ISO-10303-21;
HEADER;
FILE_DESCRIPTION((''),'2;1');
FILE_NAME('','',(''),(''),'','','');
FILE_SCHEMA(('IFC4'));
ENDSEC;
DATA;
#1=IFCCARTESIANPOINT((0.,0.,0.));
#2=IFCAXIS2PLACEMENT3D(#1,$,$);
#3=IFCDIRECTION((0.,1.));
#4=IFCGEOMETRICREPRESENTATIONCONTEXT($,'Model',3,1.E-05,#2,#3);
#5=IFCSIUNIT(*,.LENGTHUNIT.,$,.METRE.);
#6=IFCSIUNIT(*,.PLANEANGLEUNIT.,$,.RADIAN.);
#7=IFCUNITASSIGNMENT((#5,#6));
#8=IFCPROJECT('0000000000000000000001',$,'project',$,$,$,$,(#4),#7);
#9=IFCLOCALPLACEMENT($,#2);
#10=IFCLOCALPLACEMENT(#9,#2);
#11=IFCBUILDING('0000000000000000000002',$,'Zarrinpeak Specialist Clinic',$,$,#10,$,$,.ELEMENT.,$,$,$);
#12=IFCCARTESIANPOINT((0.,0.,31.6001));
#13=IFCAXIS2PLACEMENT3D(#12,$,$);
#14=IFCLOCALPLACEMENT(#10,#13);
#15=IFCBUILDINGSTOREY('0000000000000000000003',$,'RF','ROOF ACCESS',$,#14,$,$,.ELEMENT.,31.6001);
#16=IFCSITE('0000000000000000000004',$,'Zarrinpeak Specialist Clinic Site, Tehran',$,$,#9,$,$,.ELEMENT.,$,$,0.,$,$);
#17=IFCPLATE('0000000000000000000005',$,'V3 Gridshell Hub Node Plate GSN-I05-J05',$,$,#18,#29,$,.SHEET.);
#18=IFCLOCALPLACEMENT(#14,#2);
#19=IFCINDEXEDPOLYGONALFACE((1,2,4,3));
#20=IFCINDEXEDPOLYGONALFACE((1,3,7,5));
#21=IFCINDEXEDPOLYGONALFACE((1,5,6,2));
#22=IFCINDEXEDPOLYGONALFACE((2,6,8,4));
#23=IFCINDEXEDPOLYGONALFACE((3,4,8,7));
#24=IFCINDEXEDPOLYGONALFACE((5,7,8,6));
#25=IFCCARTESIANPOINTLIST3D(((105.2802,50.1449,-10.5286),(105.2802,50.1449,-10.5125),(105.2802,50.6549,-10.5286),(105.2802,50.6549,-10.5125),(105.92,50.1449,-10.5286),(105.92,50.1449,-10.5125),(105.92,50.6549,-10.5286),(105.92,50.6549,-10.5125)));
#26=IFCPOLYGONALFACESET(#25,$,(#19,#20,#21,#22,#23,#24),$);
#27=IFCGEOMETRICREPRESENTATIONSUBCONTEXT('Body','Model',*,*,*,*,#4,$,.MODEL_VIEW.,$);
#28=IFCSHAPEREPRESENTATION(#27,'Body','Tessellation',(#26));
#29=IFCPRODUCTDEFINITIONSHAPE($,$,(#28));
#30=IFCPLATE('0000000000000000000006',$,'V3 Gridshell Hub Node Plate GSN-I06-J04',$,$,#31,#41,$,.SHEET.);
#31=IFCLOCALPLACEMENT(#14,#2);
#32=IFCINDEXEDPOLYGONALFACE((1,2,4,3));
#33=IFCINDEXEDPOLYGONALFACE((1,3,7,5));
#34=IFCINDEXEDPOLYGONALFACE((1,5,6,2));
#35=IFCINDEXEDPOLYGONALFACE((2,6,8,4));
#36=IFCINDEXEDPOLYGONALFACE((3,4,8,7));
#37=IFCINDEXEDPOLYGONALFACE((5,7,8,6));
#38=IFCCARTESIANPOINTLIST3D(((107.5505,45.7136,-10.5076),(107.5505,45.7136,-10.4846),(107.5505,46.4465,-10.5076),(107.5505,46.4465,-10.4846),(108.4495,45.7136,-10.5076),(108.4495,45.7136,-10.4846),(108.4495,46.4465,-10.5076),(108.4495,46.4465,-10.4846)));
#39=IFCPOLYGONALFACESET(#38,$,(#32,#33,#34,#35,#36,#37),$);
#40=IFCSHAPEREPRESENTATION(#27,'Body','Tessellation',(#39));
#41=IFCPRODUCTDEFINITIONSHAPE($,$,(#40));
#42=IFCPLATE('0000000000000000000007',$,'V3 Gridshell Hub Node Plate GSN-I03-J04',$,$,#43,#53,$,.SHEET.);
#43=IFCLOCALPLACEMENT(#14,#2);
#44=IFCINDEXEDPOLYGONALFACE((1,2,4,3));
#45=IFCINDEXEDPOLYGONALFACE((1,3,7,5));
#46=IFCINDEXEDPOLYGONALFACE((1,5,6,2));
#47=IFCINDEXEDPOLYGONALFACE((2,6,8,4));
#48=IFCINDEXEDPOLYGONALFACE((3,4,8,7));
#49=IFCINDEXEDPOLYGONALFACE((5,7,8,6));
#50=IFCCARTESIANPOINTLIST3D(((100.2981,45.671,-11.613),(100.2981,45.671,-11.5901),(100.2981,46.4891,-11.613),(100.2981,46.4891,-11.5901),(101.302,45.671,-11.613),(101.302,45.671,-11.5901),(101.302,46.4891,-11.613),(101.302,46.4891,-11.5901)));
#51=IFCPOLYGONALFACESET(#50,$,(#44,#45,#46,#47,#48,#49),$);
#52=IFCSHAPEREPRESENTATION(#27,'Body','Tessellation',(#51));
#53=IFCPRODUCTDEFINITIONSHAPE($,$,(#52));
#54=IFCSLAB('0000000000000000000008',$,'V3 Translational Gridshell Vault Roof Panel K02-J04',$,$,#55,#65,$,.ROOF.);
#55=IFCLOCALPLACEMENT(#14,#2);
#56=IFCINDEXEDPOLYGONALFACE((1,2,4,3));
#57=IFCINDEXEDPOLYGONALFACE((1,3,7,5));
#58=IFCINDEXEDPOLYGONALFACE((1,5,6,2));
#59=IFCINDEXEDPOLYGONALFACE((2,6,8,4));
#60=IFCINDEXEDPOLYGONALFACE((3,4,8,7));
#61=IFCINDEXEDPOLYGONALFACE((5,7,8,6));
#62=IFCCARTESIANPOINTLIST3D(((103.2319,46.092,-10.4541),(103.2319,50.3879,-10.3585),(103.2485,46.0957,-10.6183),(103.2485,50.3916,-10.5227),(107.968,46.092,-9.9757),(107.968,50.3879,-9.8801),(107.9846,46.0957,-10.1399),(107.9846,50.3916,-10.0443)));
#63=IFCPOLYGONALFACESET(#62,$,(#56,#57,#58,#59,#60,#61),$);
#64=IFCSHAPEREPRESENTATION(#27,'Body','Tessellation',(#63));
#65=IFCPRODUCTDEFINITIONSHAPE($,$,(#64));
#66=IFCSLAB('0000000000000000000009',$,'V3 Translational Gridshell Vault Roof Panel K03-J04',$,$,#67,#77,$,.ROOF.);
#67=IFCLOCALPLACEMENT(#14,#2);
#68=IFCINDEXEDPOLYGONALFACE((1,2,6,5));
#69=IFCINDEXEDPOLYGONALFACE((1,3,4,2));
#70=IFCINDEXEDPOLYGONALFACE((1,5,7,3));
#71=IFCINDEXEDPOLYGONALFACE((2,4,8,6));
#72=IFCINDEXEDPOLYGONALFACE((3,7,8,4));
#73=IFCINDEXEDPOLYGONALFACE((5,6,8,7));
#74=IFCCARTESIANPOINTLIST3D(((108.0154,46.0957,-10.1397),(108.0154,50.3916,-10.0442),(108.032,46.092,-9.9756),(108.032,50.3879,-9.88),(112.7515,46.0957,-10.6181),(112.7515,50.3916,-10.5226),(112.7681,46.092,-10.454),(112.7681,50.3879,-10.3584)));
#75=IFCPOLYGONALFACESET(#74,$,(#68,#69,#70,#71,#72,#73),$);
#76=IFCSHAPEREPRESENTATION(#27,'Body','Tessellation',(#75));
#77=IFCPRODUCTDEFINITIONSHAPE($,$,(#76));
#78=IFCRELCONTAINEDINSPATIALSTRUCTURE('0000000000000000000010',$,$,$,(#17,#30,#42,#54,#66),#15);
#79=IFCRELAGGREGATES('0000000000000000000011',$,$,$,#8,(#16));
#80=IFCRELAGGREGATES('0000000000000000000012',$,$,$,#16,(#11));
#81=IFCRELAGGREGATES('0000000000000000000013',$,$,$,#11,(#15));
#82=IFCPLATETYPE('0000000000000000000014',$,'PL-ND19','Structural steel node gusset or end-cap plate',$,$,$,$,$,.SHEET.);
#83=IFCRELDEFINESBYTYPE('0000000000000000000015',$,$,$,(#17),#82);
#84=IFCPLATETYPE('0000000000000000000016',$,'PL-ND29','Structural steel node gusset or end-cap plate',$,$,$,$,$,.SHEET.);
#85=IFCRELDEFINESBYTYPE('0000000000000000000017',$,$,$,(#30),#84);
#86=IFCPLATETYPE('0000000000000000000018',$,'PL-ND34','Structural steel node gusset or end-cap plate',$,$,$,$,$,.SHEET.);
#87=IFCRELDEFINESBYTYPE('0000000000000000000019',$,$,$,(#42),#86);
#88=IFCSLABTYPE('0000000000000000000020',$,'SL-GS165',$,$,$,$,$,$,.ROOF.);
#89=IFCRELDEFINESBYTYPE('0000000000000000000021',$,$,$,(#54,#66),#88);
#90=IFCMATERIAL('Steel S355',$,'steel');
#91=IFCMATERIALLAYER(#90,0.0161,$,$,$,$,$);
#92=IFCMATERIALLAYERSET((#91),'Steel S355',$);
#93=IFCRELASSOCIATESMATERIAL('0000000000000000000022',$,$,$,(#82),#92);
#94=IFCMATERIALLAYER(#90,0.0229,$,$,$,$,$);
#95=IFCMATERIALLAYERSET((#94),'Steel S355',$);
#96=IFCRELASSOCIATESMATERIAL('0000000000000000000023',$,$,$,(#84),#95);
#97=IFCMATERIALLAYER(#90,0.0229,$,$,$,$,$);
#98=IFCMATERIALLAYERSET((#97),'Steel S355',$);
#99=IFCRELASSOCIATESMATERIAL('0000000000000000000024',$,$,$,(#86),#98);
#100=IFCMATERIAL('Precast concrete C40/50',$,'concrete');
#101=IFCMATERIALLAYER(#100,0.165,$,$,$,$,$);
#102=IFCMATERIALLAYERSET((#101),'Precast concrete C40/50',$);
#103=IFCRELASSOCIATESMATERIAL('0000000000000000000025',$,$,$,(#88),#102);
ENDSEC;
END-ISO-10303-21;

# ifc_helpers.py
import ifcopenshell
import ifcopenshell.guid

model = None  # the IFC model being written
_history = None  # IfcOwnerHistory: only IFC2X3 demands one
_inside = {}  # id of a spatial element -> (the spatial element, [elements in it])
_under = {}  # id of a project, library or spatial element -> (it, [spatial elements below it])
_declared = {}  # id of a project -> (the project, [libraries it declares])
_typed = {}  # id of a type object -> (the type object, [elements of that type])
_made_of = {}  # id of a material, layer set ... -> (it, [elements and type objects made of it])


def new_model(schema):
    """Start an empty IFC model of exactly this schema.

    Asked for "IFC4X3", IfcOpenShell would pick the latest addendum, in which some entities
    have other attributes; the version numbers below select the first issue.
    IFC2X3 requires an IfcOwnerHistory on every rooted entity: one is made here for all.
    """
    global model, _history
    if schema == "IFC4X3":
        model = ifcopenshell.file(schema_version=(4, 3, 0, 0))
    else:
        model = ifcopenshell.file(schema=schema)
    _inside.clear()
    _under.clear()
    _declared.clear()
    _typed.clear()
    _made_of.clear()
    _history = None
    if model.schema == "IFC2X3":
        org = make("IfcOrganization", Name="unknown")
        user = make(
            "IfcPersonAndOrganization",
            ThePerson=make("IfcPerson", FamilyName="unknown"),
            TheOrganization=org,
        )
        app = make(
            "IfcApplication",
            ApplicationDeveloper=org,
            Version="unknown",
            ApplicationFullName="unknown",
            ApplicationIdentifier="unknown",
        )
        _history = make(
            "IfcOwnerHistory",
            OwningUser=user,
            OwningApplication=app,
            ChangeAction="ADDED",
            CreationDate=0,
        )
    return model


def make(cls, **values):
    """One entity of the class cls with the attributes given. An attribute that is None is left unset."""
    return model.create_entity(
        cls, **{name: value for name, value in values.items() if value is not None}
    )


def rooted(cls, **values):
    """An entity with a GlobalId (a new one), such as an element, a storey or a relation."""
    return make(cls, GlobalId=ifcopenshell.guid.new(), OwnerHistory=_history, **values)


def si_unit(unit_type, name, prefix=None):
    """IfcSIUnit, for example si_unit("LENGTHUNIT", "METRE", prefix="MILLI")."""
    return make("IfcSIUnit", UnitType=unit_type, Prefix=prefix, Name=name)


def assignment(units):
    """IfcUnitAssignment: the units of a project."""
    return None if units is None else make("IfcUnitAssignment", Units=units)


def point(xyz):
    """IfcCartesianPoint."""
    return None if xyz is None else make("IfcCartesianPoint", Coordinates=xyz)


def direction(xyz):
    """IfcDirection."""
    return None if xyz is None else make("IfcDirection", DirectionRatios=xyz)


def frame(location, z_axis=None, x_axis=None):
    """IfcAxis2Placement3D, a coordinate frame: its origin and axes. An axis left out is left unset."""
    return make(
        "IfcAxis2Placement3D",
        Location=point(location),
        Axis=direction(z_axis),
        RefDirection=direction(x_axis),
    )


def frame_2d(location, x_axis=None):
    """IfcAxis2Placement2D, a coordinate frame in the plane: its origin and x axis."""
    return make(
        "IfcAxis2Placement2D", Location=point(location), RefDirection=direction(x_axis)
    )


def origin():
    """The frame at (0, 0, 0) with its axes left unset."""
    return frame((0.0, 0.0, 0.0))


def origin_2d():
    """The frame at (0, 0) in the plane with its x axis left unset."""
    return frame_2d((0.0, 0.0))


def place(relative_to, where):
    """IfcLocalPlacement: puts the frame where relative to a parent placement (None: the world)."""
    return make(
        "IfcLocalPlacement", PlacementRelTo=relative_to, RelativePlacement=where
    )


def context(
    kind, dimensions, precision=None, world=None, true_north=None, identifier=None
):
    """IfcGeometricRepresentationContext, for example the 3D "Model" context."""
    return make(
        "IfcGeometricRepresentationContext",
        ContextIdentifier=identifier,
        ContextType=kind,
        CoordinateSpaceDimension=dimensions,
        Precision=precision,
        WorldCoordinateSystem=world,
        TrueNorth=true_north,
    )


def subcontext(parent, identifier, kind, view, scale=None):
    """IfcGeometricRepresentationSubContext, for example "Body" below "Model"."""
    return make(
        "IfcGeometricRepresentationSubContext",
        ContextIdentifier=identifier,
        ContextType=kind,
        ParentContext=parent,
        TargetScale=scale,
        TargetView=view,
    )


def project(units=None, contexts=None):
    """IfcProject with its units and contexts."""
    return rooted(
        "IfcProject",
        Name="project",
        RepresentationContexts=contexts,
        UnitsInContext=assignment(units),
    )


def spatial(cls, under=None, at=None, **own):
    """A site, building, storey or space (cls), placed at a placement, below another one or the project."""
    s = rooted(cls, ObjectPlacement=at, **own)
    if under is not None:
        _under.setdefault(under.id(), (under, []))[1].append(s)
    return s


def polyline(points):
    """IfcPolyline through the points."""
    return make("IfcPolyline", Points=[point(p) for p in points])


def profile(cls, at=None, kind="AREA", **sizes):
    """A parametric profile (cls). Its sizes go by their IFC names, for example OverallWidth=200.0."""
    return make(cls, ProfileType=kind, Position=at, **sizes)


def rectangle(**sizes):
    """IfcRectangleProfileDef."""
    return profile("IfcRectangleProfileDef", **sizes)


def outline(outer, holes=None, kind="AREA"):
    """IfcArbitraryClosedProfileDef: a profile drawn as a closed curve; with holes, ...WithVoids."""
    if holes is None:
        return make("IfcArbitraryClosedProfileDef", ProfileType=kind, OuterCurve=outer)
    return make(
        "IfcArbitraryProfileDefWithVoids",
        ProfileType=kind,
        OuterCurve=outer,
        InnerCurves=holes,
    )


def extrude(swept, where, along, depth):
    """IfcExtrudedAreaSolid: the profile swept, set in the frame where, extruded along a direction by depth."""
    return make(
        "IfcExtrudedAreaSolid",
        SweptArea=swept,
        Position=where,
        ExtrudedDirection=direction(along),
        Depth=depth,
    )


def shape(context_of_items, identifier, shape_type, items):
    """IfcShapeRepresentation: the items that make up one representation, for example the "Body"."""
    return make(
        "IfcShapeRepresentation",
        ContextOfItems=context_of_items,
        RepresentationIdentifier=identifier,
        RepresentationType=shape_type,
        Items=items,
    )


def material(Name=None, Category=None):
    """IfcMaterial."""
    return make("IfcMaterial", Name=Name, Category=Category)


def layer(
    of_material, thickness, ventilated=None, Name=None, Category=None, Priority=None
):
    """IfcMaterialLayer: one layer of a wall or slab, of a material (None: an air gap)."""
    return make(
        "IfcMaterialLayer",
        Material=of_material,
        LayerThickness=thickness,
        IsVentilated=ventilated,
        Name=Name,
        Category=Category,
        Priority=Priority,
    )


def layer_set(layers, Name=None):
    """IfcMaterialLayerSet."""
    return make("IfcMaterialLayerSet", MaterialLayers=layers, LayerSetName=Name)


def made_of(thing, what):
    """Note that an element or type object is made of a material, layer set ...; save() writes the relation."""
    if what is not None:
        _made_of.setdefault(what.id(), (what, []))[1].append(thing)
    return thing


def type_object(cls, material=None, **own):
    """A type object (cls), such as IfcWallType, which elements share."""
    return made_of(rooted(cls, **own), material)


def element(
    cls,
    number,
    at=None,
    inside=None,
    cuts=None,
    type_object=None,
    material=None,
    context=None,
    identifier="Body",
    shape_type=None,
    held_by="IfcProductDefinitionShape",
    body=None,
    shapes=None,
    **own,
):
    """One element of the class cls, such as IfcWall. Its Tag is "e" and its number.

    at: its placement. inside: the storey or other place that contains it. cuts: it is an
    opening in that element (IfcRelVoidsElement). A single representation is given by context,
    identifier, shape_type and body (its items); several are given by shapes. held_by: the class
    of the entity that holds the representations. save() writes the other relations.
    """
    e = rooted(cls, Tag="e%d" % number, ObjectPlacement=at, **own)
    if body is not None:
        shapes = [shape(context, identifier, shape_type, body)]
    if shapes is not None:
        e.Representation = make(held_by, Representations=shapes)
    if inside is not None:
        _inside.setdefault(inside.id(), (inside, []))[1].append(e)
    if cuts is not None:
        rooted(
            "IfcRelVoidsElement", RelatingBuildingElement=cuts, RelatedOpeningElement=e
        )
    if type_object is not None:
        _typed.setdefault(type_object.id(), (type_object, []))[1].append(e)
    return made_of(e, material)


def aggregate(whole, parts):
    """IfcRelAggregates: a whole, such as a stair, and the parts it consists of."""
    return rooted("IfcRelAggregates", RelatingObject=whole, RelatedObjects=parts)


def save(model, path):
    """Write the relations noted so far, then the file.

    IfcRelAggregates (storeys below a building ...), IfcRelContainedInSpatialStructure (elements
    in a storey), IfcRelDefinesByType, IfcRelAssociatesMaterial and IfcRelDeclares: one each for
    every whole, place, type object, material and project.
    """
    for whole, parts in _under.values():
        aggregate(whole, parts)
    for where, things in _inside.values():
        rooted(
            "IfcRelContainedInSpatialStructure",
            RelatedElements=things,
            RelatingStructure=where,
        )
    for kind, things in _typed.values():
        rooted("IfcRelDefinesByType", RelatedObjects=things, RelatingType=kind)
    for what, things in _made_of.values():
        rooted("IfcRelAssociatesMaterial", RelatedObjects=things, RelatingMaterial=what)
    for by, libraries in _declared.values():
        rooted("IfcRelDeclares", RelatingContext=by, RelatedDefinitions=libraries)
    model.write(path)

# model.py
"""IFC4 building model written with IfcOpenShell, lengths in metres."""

from ifc_helpers import new_model, si_unit, direction, frame, origin, origin_2d, place, context, subcontext, project, spatial, polyline, rectangle, outline, extrude, material, layer, layer_set, type_object, element, save


model = new_model("IFC4")

# Units and contexts
model_context = context("Model", 3, precision=1e-05, world=origin(), true_north=direction((0.0, 1.0)))
body_context = subcontext(model_context, "Body", "Model", "MODEL_VIEW")
ifc_project = project(units=[si_unit("LENGTHUNIT", "METRE"), si_unit("PLANEANGLEUNIT", "RADIAN")], contexts=[model_context])

# Site, building, storey
site_placement = place(None, origin())
site = spatial("IfcSite", under=ifc_project, at=site_placement, Name="Zarrinpeak Specialist Clinic Site, Tehran", CompositionType="ELEMENT", RefElevation=0.0)
building_placement = place(site_placement, origin())
building = spatial("IfcBuilding", under=site, at=building_placement, Name="Zarrinpeak Specialist Clinic", CompositionType="ELEMENT")
storey_placement = place(building_placement, frame((0.0, 0.0, 31.6001)))
storey = spatial("IfcBuildingStorey", under=building, at=storey_placement, Name="RF", Description="ROOF ACCESS", CompositionType="ELEMENT", Elevation=31.6001)

# Shared definitions
ifc_material_1 = material(Name="Steel S355", Category="steel")

# Plates
ifc_layer_1 = layer(ifc_material_1, 0.0161)
ifc_layer_set_1 = layer_set([ifc_layer_1], Name="Steel S355")
plate_type_1 = type_object("IfcPlateType", Name="PL-ND19", Description="Structural steel node gusset or end-cap plate", PredefinedType="SHEET", material=ifc_layer_set_1)
plate_1_placement = place(storey_placement, frame((105.6001, 50.3999, -10.5286), z_axis=(0.0, 0.0, 1.0), x_axis=(1.0, 0.0, 0.0)))
element("IfcPlate", 1, at=plate_1_placement, inside=storey, type_object=plate_type_1, Name="V3 Gridshell Hub Node Plate GSN-I05-J05", PredefinedType="SHEET", context=body_context, shape_type="SweptSolid", body=[
    extrude(rectangle(XDim=0.6399, YDim=0.51, at=origin_2d()), origin(), (0.0, 0.0, 1.0), 0.0161),
])
ifc_layer_2 = layer(ifc_material_1, 0.0229)
ifc_layer_set_2 = layer_set([ifc_layer_2], Name="Steel S355")
plate_type_2 = type_object("IfcPlateType", Name="PL-ND29", Description="Structural steel node gusset or end-cap plate", PredefinedType="SHEET", material=ifc_layer_set_2)
plate_2_placement = place(storey_placement, frame((108.0, 46.0801, -10.5076), z_axis=(0.0, 0.0, 1.0), x_axis=(1.0, 0.0, 0.0)))
element("IfcPlate", 2, at=plate_2_placement, inside=storey, type_object=plate_type_2, Name="V3 Gridshell Hub Node Plate GSN-I06-J04", PredefinedType="SHEET", context=body_context, shape_type="SweptSolid", body=[
    extrude(rectangle(XDim=0.8989, YDim=0.7329, at=origin_2d()), origin(), (0.0, 0.0, 1.0), 0.0229),
])
ifc_layer_3 = layer(ifc_material_1, 0.0229)
ifc_layer_set_3 = layer_set([ifc_layer_3], Name="Steel S355")
plate_type_3 = type_object("IfcPlateType", Name="PL-ND34", Description="Structural steel node gusset or end-cap plate", PredefinedType="SHEET", material=ifc_layer_set_3)
plate_3_placement = place(storey_placement, frame((100.8, 46.0801, -11.613), z_axis=(0.0, 0.0, 1.0), x_axis=(1.0, 0.0, 0.0)))
element("IfcPlate", 3, at=plate_3_placement, inside=storey, type_object=plate_type_3, Name="V3 Gridshell Hub Node Plate GSN-I03-J04", PredefinedType="SHEET", context=body_context, shape_type="SweptSolid", body=[
    extrude(rectangle(XDim=1.0039, YDim=0.8181, at=origin_2d()), origin(), (0.0, 0.0, 1.0), 0.0229),
])

# Slabs
ifc_material_2 = material(Name="Precast concrete C40/50", Category="concrete")
ifc_layer_4 = layer(ifc_material_2, 0.165)
ifc_layer_set_4 = layer_set([ifc_layer_4], Name="Precast concrete C40/50")
slab_type = type_object("IfcSlabType", Name="SL-GS165", PredefinedType="ROOF", material=ifc_layer_set_4)
slab_1_placement = place(storey_placement, frame((103.2319, 46.092, -10.4541), z_axis=(-0.100474, -0.022131, 0.994693), x_axis=(0.994937, 0.000001, 0.100499)))
element("IfcSlab", 4, at=slab_1_placement, inside=storey, type_object=slab_type, Name="V3 Translational Gridshell Vault Roof Panel K02-J04", PredefinedType="ROOF", context=body_context, shape_type="SweptSolid", body=[
    extrude(outline(polyline([(0.0, 0.0), (4.7602, 0.0), (4.7698, 4.2969), (0.0096, 4.297), (0.0, 0.0)])), origin(), (0.0, 0.0, -1.0), 0.165),
])
slab_2_placement = place(storey_placement, frame((108.032, 46.092, -9.9756), z_axis=(0.100474, -0.022131, 0.994693), x_axis=(0.994937, -0.000001, -0.100499)))
element("IfcSlab", 5, at=slab_2_placement, inside=storey, type_object=slab_type, Name="V3 Translational Gridshell Vault Roof Panel K03-J04", PredefinedType="ROOF", context=body_context, shape_type="SweptSolid", body=[
    extrude(outline(polyline([(0.0, 0.0), (4.7602, 0.0), (4.7506, 4.297), (-0.0096, 4.2969), (0.0, 0.0)])), origin(), (0.0, 0.0, -1.0), 0.165),
])

save(model, "model.ifc")
